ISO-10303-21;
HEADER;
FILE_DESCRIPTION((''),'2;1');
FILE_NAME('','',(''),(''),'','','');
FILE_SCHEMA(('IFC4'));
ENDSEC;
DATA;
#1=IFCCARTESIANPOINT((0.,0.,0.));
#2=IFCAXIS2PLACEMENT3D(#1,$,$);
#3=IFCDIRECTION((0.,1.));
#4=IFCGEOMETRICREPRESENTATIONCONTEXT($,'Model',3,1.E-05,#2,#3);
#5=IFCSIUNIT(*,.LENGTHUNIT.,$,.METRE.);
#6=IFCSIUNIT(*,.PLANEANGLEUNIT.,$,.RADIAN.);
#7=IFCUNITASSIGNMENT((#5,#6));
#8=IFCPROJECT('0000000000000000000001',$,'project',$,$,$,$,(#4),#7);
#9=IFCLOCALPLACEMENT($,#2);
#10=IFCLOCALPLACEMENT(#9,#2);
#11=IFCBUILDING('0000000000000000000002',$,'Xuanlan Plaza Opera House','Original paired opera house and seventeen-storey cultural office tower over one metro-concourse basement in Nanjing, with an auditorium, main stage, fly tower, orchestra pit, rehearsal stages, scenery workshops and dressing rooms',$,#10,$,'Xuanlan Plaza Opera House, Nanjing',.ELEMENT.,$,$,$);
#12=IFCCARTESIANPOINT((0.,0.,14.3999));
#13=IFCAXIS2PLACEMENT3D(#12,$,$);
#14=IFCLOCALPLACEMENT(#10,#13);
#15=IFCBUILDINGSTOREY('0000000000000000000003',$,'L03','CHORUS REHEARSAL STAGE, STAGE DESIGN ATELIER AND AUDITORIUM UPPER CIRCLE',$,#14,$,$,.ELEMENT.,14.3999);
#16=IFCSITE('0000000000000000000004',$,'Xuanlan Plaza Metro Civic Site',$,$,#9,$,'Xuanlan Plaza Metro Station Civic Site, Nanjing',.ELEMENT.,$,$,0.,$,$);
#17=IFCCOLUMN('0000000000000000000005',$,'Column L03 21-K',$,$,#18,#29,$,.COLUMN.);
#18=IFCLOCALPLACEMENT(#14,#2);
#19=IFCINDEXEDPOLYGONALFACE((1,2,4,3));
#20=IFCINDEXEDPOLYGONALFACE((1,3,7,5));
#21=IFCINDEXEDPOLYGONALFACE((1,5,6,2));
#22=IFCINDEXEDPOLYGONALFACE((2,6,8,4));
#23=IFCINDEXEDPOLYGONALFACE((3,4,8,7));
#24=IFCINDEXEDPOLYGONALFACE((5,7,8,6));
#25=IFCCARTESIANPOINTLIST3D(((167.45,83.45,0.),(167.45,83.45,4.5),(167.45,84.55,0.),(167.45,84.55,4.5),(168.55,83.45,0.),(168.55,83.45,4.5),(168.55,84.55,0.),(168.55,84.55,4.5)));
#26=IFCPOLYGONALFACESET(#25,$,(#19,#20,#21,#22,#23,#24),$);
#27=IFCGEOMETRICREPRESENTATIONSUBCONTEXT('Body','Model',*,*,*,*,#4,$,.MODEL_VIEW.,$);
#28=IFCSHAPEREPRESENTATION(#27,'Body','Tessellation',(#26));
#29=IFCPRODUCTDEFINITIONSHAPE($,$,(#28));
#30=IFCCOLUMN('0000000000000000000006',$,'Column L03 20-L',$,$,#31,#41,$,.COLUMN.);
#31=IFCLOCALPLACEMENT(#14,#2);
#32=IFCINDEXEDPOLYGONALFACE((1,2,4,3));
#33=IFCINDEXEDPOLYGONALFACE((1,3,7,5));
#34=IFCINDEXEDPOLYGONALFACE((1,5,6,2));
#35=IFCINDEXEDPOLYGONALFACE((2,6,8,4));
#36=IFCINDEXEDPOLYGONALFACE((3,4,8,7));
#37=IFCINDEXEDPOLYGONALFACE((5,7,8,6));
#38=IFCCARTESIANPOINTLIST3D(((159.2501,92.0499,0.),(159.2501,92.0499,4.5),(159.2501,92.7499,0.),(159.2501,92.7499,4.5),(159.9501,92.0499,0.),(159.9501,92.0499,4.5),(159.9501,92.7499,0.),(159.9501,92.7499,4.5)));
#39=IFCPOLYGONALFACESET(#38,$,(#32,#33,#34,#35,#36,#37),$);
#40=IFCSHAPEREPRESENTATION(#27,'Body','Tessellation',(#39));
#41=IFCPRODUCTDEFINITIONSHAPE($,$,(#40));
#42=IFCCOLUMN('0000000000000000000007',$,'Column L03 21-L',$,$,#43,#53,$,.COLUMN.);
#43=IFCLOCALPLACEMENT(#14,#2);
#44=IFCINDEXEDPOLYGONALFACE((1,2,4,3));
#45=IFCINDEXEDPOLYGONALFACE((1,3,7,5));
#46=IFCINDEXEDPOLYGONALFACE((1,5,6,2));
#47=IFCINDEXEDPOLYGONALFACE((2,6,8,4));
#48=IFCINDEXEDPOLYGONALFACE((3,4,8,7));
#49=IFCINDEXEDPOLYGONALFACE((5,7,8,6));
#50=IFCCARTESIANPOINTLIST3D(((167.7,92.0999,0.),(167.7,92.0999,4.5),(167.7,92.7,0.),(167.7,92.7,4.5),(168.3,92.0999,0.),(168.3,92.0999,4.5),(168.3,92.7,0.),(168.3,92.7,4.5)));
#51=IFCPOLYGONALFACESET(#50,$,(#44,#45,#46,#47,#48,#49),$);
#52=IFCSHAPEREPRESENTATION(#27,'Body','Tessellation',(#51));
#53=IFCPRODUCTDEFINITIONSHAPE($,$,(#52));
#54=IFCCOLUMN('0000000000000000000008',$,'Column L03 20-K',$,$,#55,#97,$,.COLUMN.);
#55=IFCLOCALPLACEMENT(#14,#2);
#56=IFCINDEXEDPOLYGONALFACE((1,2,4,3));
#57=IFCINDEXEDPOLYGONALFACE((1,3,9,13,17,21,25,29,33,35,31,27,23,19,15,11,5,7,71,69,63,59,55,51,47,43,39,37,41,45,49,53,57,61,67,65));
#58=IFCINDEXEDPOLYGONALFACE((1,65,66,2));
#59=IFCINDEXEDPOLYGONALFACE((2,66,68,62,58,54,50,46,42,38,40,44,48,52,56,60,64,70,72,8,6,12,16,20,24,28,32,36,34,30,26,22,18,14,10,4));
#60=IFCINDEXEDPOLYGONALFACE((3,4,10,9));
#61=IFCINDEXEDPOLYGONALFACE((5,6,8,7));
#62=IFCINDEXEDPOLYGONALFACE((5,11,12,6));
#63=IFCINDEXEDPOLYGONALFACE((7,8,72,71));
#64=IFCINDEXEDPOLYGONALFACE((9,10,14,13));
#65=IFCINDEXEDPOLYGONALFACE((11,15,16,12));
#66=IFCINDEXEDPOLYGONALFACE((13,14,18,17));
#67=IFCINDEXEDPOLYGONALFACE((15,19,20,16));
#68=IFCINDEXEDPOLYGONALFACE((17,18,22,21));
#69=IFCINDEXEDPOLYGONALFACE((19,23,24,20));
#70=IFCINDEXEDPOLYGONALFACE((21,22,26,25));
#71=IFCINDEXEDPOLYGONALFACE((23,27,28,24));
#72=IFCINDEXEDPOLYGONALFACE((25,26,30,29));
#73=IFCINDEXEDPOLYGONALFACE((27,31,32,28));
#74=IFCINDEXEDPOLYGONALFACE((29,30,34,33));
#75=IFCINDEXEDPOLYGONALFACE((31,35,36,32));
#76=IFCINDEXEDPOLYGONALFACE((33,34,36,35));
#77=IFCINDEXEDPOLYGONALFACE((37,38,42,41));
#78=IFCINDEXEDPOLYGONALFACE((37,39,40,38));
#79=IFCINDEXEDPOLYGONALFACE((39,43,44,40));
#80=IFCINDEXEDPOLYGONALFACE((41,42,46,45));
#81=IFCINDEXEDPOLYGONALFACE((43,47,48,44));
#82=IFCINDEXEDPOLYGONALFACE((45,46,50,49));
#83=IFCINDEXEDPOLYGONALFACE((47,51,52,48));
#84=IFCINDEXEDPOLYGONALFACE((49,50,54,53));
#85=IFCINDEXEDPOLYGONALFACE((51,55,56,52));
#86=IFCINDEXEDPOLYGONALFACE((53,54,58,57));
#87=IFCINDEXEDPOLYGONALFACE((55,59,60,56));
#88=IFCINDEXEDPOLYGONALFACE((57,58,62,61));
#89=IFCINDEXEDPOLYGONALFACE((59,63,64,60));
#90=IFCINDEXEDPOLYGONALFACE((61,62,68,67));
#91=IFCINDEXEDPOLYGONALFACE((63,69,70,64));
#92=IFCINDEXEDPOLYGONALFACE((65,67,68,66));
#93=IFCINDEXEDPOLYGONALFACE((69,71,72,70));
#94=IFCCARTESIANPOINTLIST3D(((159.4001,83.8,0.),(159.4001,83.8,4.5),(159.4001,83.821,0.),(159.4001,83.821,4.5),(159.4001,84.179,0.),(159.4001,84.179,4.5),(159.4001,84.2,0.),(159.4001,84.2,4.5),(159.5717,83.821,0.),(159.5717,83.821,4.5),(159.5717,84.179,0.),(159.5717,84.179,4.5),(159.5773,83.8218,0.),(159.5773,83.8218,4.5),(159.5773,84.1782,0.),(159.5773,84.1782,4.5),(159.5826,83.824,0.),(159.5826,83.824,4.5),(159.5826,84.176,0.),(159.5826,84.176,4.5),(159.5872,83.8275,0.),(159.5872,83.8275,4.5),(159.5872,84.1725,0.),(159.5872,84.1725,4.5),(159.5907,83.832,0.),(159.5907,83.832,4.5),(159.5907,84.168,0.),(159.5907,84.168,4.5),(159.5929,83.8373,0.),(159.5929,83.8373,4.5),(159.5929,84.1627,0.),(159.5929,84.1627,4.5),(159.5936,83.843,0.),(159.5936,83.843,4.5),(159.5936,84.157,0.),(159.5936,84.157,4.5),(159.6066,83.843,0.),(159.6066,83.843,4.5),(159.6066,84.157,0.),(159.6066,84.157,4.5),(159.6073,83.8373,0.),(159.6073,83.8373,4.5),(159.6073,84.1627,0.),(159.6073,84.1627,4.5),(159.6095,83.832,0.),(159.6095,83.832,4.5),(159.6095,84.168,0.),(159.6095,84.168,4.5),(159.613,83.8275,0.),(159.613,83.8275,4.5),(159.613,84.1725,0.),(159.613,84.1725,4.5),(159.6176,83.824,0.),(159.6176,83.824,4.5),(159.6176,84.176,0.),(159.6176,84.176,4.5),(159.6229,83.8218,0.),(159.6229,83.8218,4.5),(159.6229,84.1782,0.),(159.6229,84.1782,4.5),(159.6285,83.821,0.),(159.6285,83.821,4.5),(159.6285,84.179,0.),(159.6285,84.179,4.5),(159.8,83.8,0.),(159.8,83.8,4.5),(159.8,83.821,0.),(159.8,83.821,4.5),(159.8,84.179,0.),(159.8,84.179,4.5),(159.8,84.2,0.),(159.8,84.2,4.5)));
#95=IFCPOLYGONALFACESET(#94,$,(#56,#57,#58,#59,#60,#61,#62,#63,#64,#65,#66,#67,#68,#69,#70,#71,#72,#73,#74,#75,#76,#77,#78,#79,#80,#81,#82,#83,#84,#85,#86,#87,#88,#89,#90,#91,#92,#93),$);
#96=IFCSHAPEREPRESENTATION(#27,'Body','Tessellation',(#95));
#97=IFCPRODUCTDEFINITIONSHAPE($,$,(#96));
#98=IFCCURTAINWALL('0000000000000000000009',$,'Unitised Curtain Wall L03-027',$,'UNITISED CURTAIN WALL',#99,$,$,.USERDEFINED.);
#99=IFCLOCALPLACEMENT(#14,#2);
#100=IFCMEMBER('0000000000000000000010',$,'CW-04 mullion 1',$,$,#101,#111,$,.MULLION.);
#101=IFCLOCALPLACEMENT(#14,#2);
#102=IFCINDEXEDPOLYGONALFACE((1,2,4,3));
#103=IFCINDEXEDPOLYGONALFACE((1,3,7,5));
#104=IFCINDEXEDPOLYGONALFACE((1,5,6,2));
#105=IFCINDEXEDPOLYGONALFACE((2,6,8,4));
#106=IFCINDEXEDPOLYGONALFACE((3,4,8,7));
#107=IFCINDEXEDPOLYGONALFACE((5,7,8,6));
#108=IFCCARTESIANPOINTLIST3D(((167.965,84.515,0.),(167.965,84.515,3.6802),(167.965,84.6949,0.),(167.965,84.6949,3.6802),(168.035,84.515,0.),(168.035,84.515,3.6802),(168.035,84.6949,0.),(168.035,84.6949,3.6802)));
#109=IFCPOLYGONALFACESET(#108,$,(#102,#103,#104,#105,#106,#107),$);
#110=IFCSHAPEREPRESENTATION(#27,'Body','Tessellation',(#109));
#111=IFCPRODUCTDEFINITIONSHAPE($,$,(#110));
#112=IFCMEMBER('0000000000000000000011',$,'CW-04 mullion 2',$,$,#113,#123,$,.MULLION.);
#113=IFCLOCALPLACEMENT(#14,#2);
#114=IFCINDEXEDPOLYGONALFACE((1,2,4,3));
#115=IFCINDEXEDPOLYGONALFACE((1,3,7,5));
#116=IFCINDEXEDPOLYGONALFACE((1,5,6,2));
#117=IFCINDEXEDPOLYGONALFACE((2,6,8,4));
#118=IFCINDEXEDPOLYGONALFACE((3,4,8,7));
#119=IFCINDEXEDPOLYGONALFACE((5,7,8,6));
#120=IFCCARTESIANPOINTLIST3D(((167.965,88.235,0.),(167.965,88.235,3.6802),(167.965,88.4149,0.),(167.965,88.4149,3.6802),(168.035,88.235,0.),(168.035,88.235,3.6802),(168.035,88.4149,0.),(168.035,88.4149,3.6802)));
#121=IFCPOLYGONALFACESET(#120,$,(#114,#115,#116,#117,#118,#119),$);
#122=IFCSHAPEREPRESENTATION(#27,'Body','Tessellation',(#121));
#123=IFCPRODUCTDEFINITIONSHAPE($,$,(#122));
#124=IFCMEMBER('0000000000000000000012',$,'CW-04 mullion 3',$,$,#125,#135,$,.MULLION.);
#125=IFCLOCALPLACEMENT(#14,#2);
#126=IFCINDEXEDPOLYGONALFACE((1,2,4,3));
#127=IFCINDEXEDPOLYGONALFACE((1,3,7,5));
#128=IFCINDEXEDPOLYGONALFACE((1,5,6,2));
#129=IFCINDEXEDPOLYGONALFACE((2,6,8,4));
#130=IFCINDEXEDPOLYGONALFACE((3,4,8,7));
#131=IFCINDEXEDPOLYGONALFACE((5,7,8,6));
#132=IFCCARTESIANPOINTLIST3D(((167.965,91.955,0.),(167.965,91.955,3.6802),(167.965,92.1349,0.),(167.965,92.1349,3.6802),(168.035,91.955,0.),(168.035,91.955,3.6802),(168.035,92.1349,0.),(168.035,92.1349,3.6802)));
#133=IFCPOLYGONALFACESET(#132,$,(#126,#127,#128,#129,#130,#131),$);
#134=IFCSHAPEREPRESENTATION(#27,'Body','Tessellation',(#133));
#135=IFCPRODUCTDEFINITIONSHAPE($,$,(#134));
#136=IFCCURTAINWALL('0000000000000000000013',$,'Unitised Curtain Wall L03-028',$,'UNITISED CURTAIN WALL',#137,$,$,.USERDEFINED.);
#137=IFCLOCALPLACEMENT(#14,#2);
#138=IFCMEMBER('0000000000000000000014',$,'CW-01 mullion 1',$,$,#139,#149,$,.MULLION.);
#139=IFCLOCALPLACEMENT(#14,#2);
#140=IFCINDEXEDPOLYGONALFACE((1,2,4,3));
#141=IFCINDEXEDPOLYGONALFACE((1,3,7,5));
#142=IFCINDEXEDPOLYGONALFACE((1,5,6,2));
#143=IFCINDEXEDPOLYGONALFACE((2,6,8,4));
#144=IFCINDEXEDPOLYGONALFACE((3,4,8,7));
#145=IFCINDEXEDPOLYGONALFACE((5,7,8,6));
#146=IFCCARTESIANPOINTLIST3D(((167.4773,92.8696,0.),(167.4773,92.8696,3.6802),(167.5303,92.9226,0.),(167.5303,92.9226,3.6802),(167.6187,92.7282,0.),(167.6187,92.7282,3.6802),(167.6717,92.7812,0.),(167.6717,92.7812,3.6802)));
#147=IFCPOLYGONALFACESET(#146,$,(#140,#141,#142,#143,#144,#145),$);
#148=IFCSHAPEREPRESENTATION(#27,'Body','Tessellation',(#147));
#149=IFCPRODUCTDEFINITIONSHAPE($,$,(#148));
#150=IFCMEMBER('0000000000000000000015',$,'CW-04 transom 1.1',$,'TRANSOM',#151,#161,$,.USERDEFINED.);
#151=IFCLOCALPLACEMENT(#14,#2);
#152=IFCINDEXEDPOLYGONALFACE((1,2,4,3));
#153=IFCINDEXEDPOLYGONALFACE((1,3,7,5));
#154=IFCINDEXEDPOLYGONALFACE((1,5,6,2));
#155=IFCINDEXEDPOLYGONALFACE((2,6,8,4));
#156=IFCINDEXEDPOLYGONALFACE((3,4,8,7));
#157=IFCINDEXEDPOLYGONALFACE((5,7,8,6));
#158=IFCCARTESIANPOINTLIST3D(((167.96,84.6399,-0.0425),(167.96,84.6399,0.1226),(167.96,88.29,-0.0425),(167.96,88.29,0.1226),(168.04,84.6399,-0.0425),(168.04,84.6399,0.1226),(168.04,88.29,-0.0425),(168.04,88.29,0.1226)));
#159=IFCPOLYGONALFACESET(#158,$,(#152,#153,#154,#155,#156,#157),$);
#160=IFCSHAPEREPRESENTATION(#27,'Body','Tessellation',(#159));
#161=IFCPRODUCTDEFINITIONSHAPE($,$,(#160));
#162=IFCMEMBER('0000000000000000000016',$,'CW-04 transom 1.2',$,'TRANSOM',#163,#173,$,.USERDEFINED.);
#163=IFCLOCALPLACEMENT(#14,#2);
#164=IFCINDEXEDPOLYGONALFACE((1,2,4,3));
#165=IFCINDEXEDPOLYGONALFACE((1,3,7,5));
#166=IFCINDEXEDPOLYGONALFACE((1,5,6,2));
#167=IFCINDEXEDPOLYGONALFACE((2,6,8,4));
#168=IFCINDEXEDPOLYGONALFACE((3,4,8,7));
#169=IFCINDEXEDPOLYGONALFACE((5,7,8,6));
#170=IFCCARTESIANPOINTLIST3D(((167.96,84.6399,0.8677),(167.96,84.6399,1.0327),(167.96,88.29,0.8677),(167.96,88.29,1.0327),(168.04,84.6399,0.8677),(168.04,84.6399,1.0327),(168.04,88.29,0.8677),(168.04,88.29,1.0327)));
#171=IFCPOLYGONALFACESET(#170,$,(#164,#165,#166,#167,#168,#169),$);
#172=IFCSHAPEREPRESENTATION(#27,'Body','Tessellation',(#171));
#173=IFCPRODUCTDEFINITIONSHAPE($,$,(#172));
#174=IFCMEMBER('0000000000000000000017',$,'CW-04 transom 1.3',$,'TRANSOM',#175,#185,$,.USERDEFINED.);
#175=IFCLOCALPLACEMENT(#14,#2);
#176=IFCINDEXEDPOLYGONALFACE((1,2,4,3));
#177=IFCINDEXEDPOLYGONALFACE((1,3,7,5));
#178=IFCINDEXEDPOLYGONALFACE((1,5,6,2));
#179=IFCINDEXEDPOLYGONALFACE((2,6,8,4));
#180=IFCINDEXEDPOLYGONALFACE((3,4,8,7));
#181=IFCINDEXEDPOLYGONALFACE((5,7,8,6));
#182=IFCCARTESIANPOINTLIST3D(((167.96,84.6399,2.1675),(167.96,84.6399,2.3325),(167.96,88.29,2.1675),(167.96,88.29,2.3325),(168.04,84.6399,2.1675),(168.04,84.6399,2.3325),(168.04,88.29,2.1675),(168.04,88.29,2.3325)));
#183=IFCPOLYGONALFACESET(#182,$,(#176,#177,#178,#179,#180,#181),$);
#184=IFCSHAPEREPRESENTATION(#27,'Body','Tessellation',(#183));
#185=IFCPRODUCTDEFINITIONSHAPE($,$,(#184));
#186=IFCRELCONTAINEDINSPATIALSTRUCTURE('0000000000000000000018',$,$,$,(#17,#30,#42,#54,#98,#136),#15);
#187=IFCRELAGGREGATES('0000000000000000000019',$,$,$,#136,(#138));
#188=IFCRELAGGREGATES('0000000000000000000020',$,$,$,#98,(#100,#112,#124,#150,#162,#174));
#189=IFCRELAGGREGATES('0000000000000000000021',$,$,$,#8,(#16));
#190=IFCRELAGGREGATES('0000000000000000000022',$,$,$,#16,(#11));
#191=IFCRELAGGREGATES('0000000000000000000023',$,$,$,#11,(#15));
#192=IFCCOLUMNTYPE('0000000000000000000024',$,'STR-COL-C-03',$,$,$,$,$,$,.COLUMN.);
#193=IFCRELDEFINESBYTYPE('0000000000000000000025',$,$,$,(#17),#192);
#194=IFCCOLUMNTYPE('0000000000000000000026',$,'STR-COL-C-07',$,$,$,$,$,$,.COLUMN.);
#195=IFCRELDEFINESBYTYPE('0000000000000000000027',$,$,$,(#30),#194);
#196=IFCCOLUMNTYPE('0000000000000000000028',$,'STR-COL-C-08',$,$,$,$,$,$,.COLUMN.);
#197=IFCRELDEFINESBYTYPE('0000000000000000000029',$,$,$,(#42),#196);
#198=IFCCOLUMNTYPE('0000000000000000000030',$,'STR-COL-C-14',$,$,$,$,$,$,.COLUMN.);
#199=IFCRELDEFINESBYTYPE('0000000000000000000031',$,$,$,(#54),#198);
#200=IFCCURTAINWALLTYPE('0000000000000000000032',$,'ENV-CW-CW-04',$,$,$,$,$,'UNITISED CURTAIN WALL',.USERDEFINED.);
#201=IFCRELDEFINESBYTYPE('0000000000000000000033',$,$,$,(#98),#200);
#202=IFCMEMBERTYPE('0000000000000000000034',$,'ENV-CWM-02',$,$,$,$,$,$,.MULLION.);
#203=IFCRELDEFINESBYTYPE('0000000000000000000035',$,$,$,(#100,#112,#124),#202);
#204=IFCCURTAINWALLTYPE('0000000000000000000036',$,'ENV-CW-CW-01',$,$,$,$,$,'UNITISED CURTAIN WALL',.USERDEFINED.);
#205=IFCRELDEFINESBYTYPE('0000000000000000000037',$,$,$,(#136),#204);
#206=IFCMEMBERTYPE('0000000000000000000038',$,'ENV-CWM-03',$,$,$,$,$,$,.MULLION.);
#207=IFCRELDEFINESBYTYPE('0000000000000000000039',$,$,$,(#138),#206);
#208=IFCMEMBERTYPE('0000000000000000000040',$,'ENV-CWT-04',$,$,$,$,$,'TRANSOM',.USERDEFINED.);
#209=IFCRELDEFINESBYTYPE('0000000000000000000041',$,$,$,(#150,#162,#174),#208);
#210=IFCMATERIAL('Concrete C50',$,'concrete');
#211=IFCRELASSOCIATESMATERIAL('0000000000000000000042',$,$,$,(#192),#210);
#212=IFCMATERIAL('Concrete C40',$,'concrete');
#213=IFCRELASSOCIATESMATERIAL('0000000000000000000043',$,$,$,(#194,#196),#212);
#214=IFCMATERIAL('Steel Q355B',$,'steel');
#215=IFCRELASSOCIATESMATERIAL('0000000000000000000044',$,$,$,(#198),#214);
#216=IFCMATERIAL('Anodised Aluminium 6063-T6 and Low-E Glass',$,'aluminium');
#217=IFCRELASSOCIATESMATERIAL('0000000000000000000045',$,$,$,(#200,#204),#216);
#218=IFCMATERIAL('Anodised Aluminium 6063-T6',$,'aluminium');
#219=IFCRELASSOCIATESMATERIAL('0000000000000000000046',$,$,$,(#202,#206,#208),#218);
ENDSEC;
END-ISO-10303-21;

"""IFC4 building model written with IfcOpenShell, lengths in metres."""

from ifc_helpers import new_model, si_unit, direction, frame, origin, origin_2d, place, context, subcontext, project, spatial, rectangle, i_section, extrude, material, material_profile, profile_set, type_object, element, aggregate, save


model = new_model("IFC4")

# Units and contexts
model_context = context("Model", 3, precision=1e-05, world=origin(), true_north=direction((0.0, 1.0)))
body_context = subcontext(model_context, "Body", "Model", "MODEL_VIEW")
ifc_project = project(units=[si_unit("LENGTHUNIT", "METRE"), si_unit("PLANEANGLEUNIT", "RADIAN")], contexts=[model_context])

# Site, building, storey
site_placement = place(None, origin())
site = spatial("IfcSite", under=ifc_project, at=site_placement, Name="Xuanlan Plaza Metro Civic Site", LongName="Xuanlan Plaza Metro Station Civic Site, Nanjing", CompositionType="ELEMENT", RefElevation=0.0)
building_placement = place(site_placement, origin())
building = spatial("IfcBuilding", under=site, at=building_placement, Name="Xuanlan Plaza Opera House", Description="Original paired opera house and seventeen-storey cultural office tower over one metro-concourse basement in Nanjing, with an auditorium, main stage, fly tower, orchestra pit, rehearsal stages, scenery workshops and dressing rooms", LongName="Xuanlan Plaza Opera House, Nanjing", CompositionType="ELEMENT")
storey_placement = place(building_placement, frame((0.0, 0.0, 14.3999)))
storey = spatial("IfcBuildingStorey", under=building, at=storey_placement, Name="L03", Description="CHORUS REHEARSAL STAGE, STAGE DESIGN ATELIER AND AUDITORIUM UPPER CIRCLE", CompositionType="ELEMENT", Elevation=14.3999)

# Columns
ifc_material_1 = material(Name="Concrete C50", Category="concrete")
ifc_material_profile_1 = material_profile(ifc_material_1, rectangle(XDim=1.1001, YDim=1.1001, at=origin_2d()), Name="RC-COL 1100x1100")
ifc_profile_set_1 = profile_set([ifc_material_profile_1], Name="Concrete C50")
column_type_1 = type_object("IfcColumnType", Name="STR-COL-C-03", PredefinedType="COLUMN", material=ifc_profile_set_1)
column_1_placement = place(storey_placement, frame((168.0, 84.0, 0.0), z_axis=(0.0, 0.0, 1.0), x_axis=(1.0, 0.0, 0.0)))
element("IfcColumn", 1, at=column_1_placement, inside=storey, type_object=column_type_1, Name="Column L03 21-K", PredefinedType="COLUMN", context=body_context, shape_type="SweptSolid", body=[
    extrude(rectangle(XDim=1.1001, YDim=1.1001, at=origin_2d()), origin(), (0.0, 0.0, 1.0), 4.5),
])
ifc_material_2 = material(Name="Concrete C40", Category="concrete")
ifc_material_profile_2 = material_profile(ifc_material_2, rectangle(XDim=0.7, YDim=0.7, at=origin_2d()), Name="RC-COL 700x700")
ifc_profile_set_2 = profile_set([ifc_material_profile_2], Name="Concrete C40")
column_type_2 = type_object("IfcColumnType", Name="STR-COL-C-07", PredefinedType="COLUMN", material=ifc_profile_set_2)
column_2_placement = place(storey_placement, frame((159.6001, 92.3999, 0.0), z_axis=(0.0, 0.0, 1.0), x_axis=(1.0, 0.0, 0.0)))
element("IfcColumn", 2, at=column_2_placement, inside=storey, type_object=column_type_2, Name="Column L03 20-L", PredefinedType="COLUMN", context=body_context, shape_type="SweptSolid", body=[
    extrude(rectangle(XDim=0.7, YDim=0.7, at=origin_2d()), origin(), (0.0, 0.0, 1.0), 4.5),
])
ifc_material_profile_3 = material_profile(ifc_material_2, rectangle(XDim=0.6001, YDim=0.6001, at=origin_2d()), Name="RC-COL 600x600")
ifc_profile_set_3 = profile_set([ifc_material_profile_3], Name="Concrete C40")
column_type_3 = type_object("IfcColumnType", Name="STR-COL-C-08", PredefinedType="COLUMN", material=ifc_profile_set_3)
column_3_placement = place(storey_placement, frame((168.0, 92.3999, 0.0), z_axis=(0.0, 0.0, 1.0), x_axis=(1.0, 0.0, 0.0)))
element("IfcColumn", 3, at=column_3_placement, inside=storey, type_object=column_type_3, Name="Column L03 21-L", PredefinedType="COLUMN", context=body_context, shape_type="SweptSolid", body=[
    extrude(rectangle(XDim=0.6001, YDim=0.6001, at=origin_2d()), origin(), (0.0, 0.0, 1.0), 4.5),
])
ifc_material_3 = material(Name="Steel Q355B", Category="steel")
ifc_material_profile_4 = material_profile(ifc_material_3, i_section(OverallWidth=0.3999, OverallDepth=0.3999, WebThickness=0.0129, FlangeThickness=0.021, FilletRadius=0.022, at=origin_2d()), Name="HW 400x400x13x21")
ifc_profile_set_4 = profile_set([ifc_material_profile_4], Name="Steel Q355B")
column_type_4 = type_object("IfcColumnType", Name="STR-COL-C-14", PredefinedType="COLUMN", material=ifc_profile_set_4)
column_4_placement = place(storey_placement, frame((159.6001, 84.0, 0.0), z_axis=(0.0, 0.0, 1.0), x_axis=(1.0, 0.0, 0.0)))
element("IfcColumn", 4, at=column_4_placement, inside=storey, type_object=column_type_4, Name="Column L03 20-K", PredefinedType="COLUMN", context=body_context, shape_type="SweptSolid", body=[
    extrude(i_section(OverallWidth=0.3999, OverallDepth=0.3999, WebThickness=0.0129, FlangeThickness=0.021, FilletRadius=0.022, at=origin_2d()), origin(), (0.0, 0.0, 1.0), 4.5),
])

# Curtain wall, members
ifc_material_4 = material(Name="Anodised Aluminium 6063-T6 and Low-E Glass", Category="aluminium")
curtain_wall_type_1 = type_object("IfcCurtainWallType", Name="ENV-CW-CW-04", ElementType="UNITISED CURTAIN WALL", PredefinedType="USERDEFINED", material=ifc_material_4)
curtain_wall_1_placement = place(storey_placement, origin())
curtain_wall_1 = element("IfcCurtainWall", 5, at=curtain_wall_1_placement, inside=storey, type_object=curtain_wall_type_1, Name="Unitised Curtain Wall L03-027", ObjectType="UNITISED CURTAIN WALL", PredefinedType="USERDEFINED")
ifc_material_5 = material(Name="Anodised Aluminium 6063-T6", Category="aluminium")
ifc_material_profile_5 = material_profile(ifc_material_5, rectangle(XDim=0.0701, YDim=0.1799, at=origin_2d()), Name="ALU-M 70x180")
ifc_profile_set_5 = profile_set([ifc_material_profile_5], Name="Anodised Aluminium 6063-T6")
member_type_1 = type_object("IfcMemberType", Name="ENV-CWM-02", PredefinedType="MULLION", material=ifc_profile_set_5)
member_1_placement = place(storey_placement, frame((168.0, 84.605, 0.0), z_axis=(0.0, 0.0, 1.0), x_axis=(-1.0, 0.0, 0.0)))
member_1 = element("IfcMember", 6, at=member_1_placement, type_object=member_type_1, Name="CW-04 mullion 1", PredefinedType="MULLION", context=body_context, shape_type="SweptSolid", body=[
    extrude(rectangle(XDim=0.0701, YDim=0.1799, at=origin_2d()), origin(), (0.0, 0.0, 1.0), 3.6802),
])
member_2_placement = place(storey_placement, frame((168.0, 88.325, 0.0), z_axis=(0.0, 0.0, 1.0), x_axis=(-1.0, 0.0, 0.0)))
member_2 = element("IfcMember", 7, at=member_2_placement, type_object=member_type_1, Name="CW-04 mullion 2", PredefinedType="MULLION", context=body_context, shape_type="SweptSolid", body=[
    extrude(rectangle(XDim=0.0701, YDim=0.1799, at=origin_2d()), origin(), (0.0, 0.0, 1.0), 3.6802),
])
member_3_placement = place(storey_placement, frame((168.0, 92.0449, 0.0), z_axis=(0.0, 0.0, 1.0), x_axis=(-1.0, 0.0, 0.0)))
member_3 = element("IfcMember", 8, at=member_3_placement, type_object=member_type_1, Name="CW-04 mullion 3", PredefinedType="MULLION", context=body_context, shape_type="SweptSolid", body=[
    extrude(rectangle(XDim=0.0701, YDim=0.1799, at=origin_2d()), origin(), (0.0, 0.0, 1.0), 3.6802),
])

# Curtain wall, member
curtain_wall_type_2 = type_object("IfcCurtainWallType", Name="ENV-CW-CW-01", ElementType="UNITISED CURTAIN WALL", PredefinedType="USERDEFINED", material=ifc_material_4)
curtain_wall_2_placement = place(storey_placement, origin())
curtain_wall_2 = element("IfcCurtainWall", 9, at=curtain_wall_2_placement, inside=storey, type_object=curtain_wall_type_2, Name="Unitised Curtain Wall L03-028", ObjectType="UNITISED CURTAIN WALL", PredefinedType="USERDEFINED")
ifc_material_profile_6 = material_profile(ifc_material_5, rectangle(XDim=0.075, YDim=0.2, at=origin_2d()), Name="ALU-M 75x200")
ifc_profile_set_6 = profile_set([ifc_material_profile_6], Name="Anodised Aluminium 6063-T6")
member_type_2 = type_object("IfcMemberType", Name="ENV-CWM-03", PredefinedType="MULLION", material=ifc_profile_set_6)
member_4_placement = place(storey_placement, frame((167.5745, 92.8254, 0.0), z_axis=(0.0, 0.0, 1.0), x_axis=(-0.707107, -0.707107, 0.0)))
member_4 = element("IfcMember", 10, at=member_4_placement, type_object=member_type_2, Name="CW-01 mullion 1", PredefinedType="MULLION", context=body_context, shape_type="SweptSolid", body=[
    extrude(rectangle(XDim=0.075, YDim=0.2, at=origin_2d()), origin(), (0.0, 0.0, 1.0), 3.6802),
])
aggregate(curtain_wall_2, [member_4])

# Members
ifc_material_profile_7 = material_profile(ifc_material_5, rectangle(XDim=0.0801, YDim=0.165, at=origin_2d()), Name="ALU-T 80x165")
ifc_profile_set_7 = profile_set([ifc_material_profile_7], Name="Anodised Aluminium 6063-T6")
member_type_3 = type_object("IfcMemberType", Name="ENV-CWT-04", ElementType="TRANSOM", PredefinedType="USERDEFINED", material=ifc_profile_set_7)
member_5_placement = place(storey_placement, frame((168.0, 84.6399, 0.04), z_axis=(0.0, 1.0, 0.0), x_axis=(-1.0, 0.0, 0.0)))
member_5 = element("IfcMember", 11, at=member_5_placement, type_object=member_type_3, Name="CW-04 transom 1.1", ObjectType="TRANSOM", PredefinedType="USERDEFINED", context=body_context, shape_type="SweptSolid", body=[
    extrude(rectangle(XDim=0.0801, YDim=0.165, at=origin_2d()), origin(), (0.0, 0.0, 1.0), 3.6501),
])
member_6_placement = place(storey_placement, frame((168.0, 84.6399, 0.9502), z_axis=(0.0, 1.0, 0.0), x_axis=(-1.0, 0.0, 0.0)))
member_6 = element("IfcMember", 12, at=member_6_placement, type_object=member_type_3, Name="CW-04 transom 1.2", ObjectType="TRANSOM", PredefinedType="USERDEFINED", context=body_context, shape_type="SweptSolid", body=[
    extrude(rectangle(XDim=0.0801, YDim=0.165, at=origin_2d()), origin(), (0.0, 0.0, 1.0), 3.6501),
])
member_7_placement = place(storey_placement, frame((168.0, 84.6399, 2.25), z_axis=(0.0, 1.0, 0.0), x_axis=(-1.0, 0.0, 0.0)))
member_7 = element("IfcMember", 13, at=member_7_placement, type_object=member_type_3, Name="CW-04 transom 1.3", ObjectType="TRANSOM", PredefinedType="USERDEFINED", context=body_context, shape_type="SweptSolid", body=[
    extrude(rectangle(XDim=0.0801, YDim=0.165, at=origin_2d()), origin(), (0.0, 0.0, 1.0), 3.6501),
])

aggregate(curtain_wall_1, [member_1, member_2, member_3, member_5, member_6, member_7])

save(model, "model.ifc")
